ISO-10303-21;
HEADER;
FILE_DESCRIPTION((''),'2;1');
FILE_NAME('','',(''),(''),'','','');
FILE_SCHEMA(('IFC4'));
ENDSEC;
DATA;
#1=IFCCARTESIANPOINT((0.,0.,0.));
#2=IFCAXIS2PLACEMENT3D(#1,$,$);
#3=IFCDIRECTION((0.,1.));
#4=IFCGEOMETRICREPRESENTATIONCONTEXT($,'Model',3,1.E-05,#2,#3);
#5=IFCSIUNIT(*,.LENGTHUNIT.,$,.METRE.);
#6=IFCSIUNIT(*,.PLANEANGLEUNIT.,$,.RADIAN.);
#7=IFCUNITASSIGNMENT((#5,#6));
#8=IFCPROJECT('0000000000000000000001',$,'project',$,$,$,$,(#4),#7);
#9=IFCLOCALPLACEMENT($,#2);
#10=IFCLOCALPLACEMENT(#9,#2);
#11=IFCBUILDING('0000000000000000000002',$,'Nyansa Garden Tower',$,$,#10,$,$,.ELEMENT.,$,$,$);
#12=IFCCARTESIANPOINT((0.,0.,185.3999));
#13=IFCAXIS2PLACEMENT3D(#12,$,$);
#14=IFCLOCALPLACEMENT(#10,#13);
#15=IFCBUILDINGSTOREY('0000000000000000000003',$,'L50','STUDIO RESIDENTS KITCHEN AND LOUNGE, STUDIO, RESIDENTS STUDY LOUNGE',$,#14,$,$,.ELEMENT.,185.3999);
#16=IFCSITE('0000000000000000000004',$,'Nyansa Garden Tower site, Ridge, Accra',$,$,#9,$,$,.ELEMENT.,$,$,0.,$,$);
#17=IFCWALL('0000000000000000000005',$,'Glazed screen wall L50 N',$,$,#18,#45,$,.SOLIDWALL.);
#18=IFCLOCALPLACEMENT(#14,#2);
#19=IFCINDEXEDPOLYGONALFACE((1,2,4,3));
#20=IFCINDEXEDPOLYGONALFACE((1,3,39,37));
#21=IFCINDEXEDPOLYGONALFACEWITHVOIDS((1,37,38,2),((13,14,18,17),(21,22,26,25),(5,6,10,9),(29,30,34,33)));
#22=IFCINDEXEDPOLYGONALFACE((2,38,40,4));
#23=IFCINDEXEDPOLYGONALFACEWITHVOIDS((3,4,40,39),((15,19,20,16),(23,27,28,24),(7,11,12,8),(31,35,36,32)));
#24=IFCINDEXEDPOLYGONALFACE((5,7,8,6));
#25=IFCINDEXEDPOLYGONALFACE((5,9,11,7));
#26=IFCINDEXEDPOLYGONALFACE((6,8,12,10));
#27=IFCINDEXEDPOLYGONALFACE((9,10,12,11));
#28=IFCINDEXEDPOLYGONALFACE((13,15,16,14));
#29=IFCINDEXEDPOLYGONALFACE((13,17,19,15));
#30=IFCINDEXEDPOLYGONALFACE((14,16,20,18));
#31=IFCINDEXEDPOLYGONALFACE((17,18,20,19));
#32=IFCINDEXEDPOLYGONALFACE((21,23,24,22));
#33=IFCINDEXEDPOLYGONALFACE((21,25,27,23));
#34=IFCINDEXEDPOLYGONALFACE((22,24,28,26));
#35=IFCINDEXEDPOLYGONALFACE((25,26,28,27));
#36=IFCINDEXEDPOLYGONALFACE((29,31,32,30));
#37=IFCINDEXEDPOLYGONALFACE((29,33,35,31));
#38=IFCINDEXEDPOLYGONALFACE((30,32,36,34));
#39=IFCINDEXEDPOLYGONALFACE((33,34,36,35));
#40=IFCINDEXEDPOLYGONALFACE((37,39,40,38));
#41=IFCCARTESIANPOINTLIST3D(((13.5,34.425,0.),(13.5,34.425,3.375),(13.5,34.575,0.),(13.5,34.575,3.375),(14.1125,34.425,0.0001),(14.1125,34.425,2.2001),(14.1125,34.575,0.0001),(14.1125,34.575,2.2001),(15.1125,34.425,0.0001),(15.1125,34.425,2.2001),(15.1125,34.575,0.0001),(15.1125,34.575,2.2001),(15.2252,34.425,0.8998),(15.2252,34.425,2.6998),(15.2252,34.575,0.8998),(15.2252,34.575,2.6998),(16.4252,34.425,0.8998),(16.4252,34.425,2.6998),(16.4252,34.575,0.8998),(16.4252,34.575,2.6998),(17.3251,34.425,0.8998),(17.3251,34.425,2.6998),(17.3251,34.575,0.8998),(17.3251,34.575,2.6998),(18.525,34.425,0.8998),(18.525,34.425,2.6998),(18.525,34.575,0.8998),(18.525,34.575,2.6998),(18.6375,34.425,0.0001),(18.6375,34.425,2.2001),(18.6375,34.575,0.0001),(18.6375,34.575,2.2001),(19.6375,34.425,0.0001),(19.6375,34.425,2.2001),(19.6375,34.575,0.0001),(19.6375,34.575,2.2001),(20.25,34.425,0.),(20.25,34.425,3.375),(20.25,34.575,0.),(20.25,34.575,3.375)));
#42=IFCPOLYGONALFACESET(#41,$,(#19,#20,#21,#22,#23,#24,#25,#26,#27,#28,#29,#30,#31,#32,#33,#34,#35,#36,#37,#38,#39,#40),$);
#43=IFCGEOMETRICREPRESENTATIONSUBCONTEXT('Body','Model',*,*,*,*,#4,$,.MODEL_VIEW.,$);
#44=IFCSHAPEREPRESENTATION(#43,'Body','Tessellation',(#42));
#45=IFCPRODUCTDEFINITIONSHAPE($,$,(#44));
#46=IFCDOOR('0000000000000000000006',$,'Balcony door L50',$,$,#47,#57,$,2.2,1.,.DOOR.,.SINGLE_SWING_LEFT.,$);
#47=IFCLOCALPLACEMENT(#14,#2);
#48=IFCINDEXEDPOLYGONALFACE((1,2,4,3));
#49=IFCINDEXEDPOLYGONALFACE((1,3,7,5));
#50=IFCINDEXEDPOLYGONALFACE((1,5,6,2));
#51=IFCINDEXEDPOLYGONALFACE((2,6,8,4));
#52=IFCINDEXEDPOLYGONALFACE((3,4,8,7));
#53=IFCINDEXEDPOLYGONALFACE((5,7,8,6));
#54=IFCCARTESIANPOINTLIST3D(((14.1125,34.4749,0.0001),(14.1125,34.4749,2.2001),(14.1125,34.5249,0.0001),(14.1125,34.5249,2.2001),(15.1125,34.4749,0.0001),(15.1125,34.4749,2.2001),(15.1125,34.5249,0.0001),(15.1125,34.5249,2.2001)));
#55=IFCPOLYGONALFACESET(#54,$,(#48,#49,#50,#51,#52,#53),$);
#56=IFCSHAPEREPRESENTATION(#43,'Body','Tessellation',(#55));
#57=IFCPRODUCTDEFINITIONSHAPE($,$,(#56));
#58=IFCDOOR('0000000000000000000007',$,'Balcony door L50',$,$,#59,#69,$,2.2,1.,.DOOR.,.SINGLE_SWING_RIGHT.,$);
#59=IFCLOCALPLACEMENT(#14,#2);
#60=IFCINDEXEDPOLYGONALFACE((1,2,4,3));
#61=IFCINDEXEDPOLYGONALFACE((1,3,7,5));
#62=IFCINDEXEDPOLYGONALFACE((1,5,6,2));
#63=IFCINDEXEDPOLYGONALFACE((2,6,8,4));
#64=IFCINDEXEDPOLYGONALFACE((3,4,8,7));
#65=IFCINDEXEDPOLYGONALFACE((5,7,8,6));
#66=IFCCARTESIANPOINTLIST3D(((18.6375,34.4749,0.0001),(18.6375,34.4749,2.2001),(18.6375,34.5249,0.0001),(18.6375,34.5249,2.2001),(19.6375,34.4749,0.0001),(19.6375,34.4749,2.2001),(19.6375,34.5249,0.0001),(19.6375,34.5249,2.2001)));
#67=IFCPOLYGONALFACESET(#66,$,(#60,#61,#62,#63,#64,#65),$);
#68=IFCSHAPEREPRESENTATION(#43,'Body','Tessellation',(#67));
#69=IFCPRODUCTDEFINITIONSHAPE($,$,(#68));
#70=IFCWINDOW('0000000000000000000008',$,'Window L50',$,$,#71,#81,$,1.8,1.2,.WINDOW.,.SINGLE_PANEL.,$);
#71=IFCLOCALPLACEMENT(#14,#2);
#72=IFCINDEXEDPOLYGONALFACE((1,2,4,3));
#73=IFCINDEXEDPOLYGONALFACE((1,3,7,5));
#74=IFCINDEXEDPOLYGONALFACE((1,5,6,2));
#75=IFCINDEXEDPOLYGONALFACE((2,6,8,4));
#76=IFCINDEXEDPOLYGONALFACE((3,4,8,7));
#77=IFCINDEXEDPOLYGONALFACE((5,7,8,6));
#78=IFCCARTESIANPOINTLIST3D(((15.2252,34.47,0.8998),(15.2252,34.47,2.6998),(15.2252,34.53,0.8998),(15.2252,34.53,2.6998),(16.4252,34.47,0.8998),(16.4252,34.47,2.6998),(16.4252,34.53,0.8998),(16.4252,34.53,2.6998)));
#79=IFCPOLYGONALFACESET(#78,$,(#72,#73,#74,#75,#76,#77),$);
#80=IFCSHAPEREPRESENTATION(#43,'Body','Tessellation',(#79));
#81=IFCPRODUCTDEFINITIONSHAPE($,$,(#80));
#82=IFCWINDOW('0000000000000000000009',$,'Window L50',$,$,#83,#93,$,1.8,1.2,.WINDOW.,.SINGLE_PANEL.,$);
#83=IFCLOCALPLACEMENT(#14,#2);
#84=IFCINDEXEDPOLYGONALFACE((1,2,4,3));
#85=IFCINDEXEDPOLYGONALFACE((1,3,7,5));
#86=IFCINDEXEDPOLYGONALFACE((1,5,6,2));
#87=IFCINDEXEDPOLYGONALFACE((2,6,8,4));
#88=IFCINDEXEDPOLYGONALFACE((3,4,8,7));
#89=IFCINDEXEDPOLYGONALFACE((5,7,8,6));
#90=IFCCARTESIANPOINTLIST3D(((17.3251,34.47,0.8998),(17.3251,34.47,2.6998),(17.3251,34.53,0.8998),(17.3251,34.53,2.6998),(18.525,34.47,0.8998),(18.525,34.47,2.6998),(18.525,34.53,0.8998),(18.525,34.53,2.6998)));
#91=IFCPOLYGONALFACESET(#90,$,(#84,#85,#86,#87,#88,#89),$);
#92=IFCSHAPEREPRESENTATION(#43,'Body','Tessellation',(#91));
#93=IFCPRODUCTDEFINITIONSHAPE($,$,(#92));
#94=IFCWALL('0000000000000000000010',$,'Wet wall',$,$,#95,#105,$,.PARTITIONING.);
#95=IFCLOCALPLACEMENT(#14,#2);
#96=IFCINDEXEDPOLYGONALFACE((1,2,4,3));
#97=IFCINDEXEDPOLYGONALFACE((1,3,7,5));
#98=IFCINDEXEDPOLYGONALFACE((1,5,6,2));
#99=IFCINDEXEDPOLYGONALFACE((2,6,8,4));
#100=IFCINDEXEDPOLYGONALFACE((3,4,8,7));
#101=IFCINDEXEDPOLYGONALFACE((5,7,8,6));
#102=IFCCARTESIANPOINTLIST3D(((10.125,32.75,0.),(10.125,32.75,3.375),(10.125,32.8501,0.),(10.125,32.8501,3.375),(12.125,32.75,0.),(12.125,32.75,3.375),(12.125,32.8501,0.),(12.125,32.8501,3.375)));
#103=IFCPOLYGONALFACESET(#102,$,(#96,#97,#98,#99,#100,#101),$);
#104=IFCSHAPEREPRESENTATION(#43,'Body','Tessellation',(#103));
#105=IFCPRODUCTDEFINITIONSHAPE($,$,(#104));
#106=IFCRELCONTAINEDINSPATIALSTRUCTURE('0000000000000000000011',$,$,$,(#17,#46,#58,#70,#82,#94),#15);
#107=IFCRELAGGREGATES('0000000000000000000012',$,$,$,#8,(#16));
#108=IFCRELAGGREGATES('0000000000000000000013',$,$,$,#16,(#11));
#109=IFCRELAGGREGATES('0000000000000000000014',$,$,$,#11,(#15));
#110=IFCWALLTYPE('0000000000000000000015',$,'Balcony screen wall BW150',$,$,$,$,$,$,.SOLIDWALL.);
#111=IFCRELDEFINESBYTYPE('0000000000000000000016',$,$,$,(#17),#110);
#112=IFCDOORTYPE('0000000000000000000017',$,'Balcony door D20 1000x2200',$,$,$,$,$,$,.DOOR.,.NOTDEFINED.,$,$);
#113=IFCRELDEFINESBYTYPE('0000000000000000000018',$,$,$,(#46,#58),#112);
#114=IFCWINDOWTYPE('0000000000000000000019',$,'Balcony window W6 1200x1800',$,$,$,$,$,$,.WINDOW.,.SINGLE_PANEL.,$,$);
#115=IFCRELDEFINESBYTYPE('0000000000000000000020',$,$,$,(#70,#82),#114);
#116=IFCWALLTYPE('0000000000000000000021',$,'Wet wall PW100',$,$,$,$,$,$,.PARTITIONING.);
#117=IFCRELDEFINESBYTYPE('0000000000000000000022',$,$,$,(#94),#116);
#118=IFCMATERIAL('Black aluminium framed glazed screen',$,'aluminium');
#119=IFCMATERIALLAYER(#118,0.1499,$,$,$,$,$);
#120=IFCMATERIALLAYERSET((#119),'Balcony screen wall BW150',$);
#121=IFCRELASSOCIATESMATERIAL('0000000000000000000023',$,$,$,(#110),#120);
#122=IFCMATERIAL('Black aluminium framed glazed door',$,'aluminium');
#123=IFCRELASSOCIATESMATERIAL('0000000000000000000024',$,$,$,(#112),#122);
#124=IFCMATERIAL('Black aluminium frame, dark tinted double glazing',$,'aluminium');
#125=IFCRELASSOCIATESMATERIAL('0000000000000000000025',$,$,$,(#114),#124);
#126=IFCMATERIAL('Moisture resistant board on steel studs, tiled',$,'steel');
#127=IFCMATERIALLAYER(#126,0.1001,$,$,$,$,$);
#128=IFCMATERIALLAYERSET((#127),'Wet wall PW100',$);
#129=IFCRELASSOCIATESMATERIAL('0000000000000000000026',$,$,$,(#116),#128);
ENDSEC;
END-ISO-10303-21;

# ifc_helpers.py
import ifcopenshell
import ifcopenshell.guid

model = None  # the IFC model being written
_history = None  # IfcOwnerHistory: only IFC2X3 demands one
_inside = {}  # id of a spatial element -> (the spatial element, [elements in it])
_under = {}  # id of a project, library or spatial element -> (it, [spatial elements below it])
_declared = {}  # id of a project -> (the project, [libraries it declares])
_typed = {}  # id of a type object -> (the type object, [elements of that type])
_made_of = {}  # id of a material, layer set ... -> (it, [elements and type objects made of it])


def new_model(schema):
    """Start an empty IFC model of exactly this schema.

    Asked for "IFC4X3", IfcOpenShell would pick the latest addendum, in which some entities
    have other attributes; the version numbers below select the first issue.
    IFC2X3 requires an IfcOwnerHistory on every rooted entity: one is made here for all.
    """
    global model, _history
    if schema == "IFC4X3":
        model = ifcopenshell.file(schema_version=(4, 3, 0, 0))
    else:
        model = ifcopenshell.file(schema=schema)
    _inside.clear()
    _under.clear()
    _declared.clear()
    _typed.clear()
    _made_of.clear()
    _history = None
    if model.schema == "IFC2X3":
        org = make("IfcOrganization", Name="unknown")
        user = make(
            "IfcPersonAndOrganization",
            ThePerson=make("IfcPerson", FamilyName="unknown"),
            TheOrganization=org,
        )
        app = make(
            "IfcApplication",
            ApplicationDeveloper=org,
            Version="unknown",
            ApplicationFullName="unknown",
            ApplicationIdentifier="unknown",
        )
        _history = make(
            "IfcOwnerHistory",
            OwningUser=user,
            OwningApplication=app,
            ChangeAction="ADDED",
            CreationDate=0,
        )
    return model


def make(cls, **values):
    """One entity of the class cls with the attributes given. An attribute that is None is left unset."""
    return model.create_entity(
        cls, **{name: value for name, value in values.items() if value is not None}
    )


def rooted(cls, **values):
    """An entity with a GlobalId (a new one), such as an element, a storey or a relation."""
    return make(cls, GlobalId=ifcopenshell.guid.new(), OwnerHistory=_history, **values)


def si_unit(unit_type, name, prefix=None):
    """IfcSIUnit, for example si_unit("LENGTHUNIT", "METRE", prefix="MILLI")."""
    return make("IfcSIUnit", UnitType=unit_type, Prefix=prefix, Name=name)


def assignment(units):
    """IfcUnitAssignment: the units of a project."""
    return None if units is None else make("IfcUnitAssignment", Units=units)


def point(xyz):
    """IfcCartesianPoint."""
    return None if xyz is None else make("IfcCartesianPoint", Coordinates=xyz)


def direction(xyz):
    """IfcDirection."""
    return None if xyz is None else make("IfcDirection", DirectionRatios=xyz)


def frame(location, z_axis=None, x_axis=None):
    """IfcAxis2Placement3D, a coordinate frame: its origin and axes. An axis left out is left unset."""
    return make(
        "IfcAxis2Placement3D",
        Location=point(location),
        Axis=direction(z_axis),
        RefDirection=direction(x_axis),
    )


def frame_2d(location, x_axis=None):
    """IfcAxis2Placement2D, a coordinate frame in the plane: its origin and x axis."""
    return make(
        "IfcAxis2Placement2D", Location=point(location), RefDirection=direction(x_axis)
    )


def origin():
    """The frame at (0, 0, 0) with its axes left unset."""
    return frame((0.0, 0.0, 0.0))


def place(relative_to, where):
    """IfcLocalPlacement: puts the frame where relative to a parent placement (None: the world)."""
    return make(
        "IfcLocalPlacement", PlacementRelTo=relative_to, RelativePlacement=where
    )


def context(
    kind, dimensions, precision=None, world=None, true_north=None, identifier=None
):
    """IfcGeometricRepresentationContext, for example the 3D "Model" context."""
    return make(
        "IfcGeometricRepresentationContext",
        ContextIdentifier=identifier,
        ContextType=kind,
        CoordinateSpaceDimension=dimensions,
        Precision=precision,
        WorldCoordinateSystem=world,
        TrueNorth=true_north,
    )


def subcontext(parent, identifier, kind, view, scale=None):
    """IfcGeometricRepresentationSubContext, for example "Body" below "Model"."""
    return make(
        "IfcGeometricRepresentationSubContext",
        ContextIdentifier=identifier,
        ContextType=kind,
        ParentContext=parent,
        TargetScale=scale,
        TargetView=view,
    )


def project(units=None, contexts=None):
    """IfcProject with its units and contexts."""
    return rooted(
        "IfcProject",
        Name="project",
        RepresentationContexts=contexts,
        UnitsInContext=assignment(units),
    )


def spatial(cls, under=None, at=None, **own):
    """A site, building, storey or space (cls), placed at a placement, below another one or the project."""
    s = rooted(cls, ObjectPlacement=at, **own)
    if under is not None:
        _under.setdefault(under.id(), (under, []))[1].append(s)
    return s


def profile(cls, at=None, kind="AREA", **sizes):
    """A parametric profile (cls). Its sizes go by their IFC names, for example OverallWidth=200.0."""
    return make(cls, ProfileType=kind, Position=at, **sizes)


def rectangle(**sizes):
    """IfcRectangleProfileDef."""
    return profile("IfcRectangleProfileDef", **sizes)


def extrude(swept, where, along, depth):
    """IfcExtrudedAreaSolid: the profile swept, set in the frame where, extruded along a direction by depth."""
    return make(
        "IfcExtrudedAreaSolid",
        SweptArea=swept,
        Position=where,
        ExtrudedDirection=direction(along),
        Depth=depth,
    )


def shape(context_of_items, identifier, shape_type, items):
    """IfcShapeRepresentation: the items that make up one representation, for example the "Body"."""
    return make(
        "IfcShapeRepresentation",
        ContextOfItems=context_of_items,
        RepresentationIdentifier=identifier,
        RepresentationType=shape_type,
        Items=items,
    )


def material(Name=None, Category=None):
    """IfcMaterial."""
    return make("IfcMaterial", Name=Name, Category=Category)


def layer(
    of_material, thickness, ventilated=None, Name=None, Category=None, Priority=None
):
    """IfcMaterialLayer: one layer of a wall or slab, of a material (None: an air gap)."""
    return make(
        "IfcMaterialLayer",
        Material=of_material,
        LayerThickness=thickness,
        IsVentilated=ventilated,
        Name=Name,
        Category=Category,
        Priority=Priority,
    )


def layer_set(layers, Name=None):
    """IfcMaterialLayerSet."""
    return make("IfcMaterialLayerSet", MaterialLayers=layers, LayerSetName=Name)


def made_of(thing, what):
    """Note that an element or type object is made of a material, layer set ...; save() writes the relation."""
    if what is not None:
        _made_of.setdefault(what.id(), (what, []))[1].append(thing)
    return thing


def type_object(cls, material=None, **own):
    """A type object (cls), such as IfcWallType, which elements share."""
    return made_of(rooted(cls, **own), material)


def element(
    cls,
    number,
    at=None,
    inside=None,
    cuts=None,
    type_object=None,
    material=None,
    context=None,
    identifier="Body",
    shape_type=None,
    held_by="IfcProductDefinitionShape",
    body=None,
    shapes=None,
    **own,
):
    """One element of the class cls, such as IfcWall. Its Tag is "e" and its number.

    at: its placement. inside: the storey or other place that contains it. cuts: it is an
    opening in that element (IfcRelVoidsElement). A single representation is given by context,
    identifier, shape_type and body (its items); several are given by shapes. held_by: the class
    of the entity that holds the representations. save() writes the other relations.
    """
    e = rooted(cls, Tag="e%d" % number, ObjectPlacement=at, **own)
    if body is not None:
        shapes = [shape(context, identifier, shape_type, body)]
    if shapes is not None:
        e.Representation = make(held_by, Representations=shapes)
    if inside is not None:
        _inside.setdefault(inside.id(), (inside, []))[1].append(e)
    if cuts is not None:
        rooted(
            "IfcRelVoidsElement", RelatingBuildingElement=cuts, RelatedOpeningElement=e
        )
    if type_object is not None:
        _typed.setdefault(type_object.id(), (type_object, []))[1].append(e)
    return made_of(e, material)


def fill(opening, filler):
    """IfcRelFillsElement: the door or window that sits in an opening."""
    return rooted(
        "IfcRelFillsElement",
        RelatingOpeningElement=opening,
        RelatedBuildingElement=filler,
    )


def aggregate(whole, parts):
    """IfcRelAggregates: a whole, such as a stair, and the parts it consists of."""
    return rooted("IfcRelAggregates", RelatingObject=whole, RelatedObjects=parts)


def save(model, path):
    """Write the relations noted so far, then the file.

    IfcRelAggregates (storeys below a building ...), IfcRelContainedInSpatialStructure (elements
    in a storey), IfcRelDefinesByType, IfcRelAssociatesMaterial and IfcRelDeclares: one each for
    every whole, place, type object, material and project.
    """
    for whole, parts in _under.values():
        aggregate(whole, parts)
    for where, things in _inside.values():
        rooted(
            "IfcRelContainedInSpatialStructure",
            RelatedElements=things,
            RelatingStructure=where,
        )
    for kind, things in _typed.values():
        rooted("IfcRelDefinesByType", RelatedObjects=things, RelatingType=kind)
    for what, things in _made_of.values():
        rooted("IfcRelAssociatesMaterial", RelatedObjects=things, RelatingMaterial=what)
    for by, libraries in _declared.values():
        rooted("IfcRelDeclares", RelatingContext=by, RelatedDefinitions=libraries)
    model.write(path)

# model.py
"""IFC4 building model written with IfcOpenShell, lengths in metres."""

from ifc_helpers import new_model, si_unit, direction, frame, frame_2d, origin, place, context, subcontext, project, spatial, rectangle, extrude, material, layer, layer_set, type_object, element, fill, save


model = new_model("IFC4")

# Units and contexts
model_context = context("Model", 3, precision=1e-05, world=origin(), true_north=direction((0.0, 1.0)))
body_context = subcontext(model_context, "Body", "Model", "MODEL_VIEW")
ifc_project = project(units=[si_unit("LENGTHUNIT", "METRE"), si_unit("PLANEANGLEUNIT", "RADIAN")], contexts=[model_context])

# Site, building, storey
site_placement = place(None, origin())
site = spatial("IfcSite", under=ifc_project, at=site_placement, Name="Nyansa Garden Tower site, Ridge, Accra", CompositionType="ELEMENT", RefElevation=0.0)
building_placement = place(site_placement, origin())
building = spatial("IfcBuilding", under=site, at=building_placement, Name="Nyansa Garden Tower", CompositionType="ELEMENT")
storey_placement = place(building_placement, frame((0.0, 0.0, 185.3999)))
storey = spatial("IfcBuildingStorey", under=building, at=storey_placement, Name="L50", Description="STUDIO RESIDENTS KITCHEN AND LOUNGE, STUDIO, RESIDENTS STUDY LOUNGE", CompositionType="ELEMENT", Elevation=185.3999)

# Wall, openings, doors, windows
ifc_material_1 = material(Name="Black aluminium framed glazed screen", Category="aluminium")
ifc_layer_1 = layer(ifc_material_1, 0.1499)
ifc_layer_set_1 = layer_set([ifc_layer_1], Name="Balcony screen wall BW150")
wall_type_1 = type_object("IfcWallType", Name="Balcony screen wall BW150", PredefinedType="SOLIDWALL", material=ifc_layer_set_1)
wall_1_placement = place(storey_placement, frame((13.5, 34.5, 0.0), z_axis=(0.0, 0.0, 1.0), x_axis=(1.0, 0.0, 0.0)))
wall_1 = element("IfcWall", 1, at=wall_1_placement, inside=storey, type_object=wall_type_1, Name="Glazed screen wall L50 N", PredefinedType="SOLIDWALL", context=body_context, shape_type="SweptSolid", body=[
    extrude(rectangle(XDim=6.75, YDim=0.1499, at=frame_2d((3.375, 0.0))), origin(), (0.0, 0.0, 1.0), 3.375),
])
opening_1_placement = place(wall_1_placement, frame((0.6125, 0.0, 0.0)))
opening_1 = element("IfcOpeningElement", 2, at=opening_1_placement, cuts=wall_1, PredefinedType="OPENING", context=body_context, shape_type="SweptSolid", body=[
    extrude(rectangle(XDim=1.0, YDim=2.2, at=frame_2d((0.5, 1.1001))), frame((0.0, 0.085, 0.0), z_axis=(0.0, -1.0, 0.0), x_axis=(1.0, 0.0, 0.0)), (0.0, 0.0, 1.0), 0.1699),
])
opening_2_placement = place(wall_1_placement, frame((1.7251, 0.0, 0.8999)))
opening_2 = element("IfcOpeningElement", 3, at=opening_2_placement, cuts=wall_1, PredefinedType="OPENING", context=body_context, shape_type="SweptSolid", body=[
    extrude(rectangle(XDim=1.2, YDim=1.8, at=frame_2d((0.6001, 0.8999))), frame((0.0, 0.085, 0.0), z_axis=(0.0, -1.0, 0.0), x_axis=(1.0, 0.0, 0.0)), (0.0, 0.0, 1.0), 0.1699),
])
opening_3_placement = place(wall_1_placement, frame((5.1375, 0.0, 0.0)))
opening_3 = element("IfcOpeningElement", 4, at=opening_3_placement, cuts=wall_1, PredefinedType="OPENING", context=body_context, shape_type="SweptSolid", body=[
    extrude(rectangle(XDim=1.0, YDim=2.2, at=frame_2d((0.5, 1.1001))), frame((0.0, 0.085, 0.0), z_axis=(0.0, -1.0, 0.0), x_axis=(1.0, 0.0, 0.0)), (0.0, 0.0, 1.0), 0.1699),
])
opening_4_placement = place(wall_1_placement, frame((3.825, 0.0, 0.8999)))
opening_4 = element("IfcOpeningElement", 5, at=opening_4_placement, cuts=wall_1, PredefinedType="OPENING", context=body_context, shape_type="SweptSolid", body=[
    extrude(rectangle(XDim=1.2, YDim=1.8, at=frame_2d((0.6001, 0.8999))), frame((0.0, 0.085, 0.0), z_axis=(0.0, -1.0, 0.0), x_axis=(1.0, 0.0, 0.0)), (0.0, 0.0, 1.0), 0.1699),
])
ifc_material_2 = material(Name="Black aluminium framed glazed door", Category="aluminium")
door_type = type_object("IfcDoorType", Name="Balcony door D20 1000x2200", OperationType="NOTDEFINED", PredefinedType="DOOR", material=ifc_material_2)
door_1_placement = place(opening_1_placement, origin())
door_1 = element("IfcDoor", 6, at=door_1_placement, inside=storey, type_object=door_type, Name="Balcony door L50", OperationType="SINGLE_SWING_LEFT", OverallHeight=2.2, OverallWidth=1.0, PredefinedType="DOOR", context=body_context, shape_type="SweptSolid", body=[
    extrude(rectangle(XDim=1.0, YDim=2.2, at=frame_2d((0.5, 1.1001))), frame((0.0, 0.0249, 0.0), z_axis=(0.0, -1.0, 0.0), x_axis=(1.0, 0.0, 0.0)), (0.0, 0.0, 1.0), 0.05),
])
fill(opening_1, door_1)
door_2_placement = place(opening_3_placement, origin())
door_2 = element("IfcDoor", 7, at=door_2_placement, inside=storey, type_object=door_type, Name="Balcony door L50", OperationType="SINGLE_SWING_RIGHT", OverallHeight=2.2, OverallWidth=1.0, PredefinedType="DOOR", context=body_context, shape_type="SweptSolid", body=[
    extrude(rectangle(XDim=1.0, YDim=2.2, at=frame_2d((0.5, 1.1001))), frame((0.0, 0.0249, 0.0), z_axis=(0.0, -1.0, 0.0), x_axis=(1.0, 0.0, 0.0)), (0.0, 0.0, 1.0), 0.05),
])
fill(opening_3, door_2)
ifc_material_3 = material(Name="Black aluminium frame, dark tinted double glazing", Category="aluminium")
window_type = type_object("IfcWindowType", Name="Balcony window W6 1200x1800", PartitioningType="SINGLE_PANEL", PredefinedType="WINDOW", material=ifc_material_3)
window_1_placement = place(opening_2_placement, origin())
window_1 = element("IfcWindow", 8, at=window_1_placement, inside=storey, type_object=window_type, Name="Window L50", OverallHeight=1.8, OverallWidth=1.2, PartitioningType="SINGLE_PANEL", PredefinedType="WINDOW", context=body_context, shape_type="SweptSolid", body=[
    extrude(rectangle(XDim=1.2, YDim=1.8, at=frame_2d((0.6001, 0.8999))), frame((0.0, 0.03, 0.0), z_axis=(0.0, -1.0, 0.0), x_axis=(1.0, 0.0, 0.0)), (0.0, 0.0, 1.0), 0.0601),
])
fill(opening_2, window_1)
window_2_placement = place(opening_4_placement, origin())
window_2 = element("IfcWindow", 9, at=window_2_placement, inside=storey, type_object=window_type, Name="Window L50", OverallHeight=1.8, OverallWidth=1.2, PartitioningType="SINGLE_PANEL", PredefinedType="WINDOW", context=body_context, shape_type="SweptSolid", body=[
    extrude(rectangle(XDim=1.2, YDim=1.8, at=frame_2d((0.6001, 0.8999))), frame((0.0, 0.03, 0.0), z_axis=(0.0, -1.0, 0.0), x_axis=(1.0, 0.0, 0.0)), (0.0, 0.0, 1.0), 0.0601),
])
fill(opening_4, window_2)

# Wall
ifc_material_4 = material(Name="Moisture resistant board on steel studs, tiled", Category="steel")
ifc_layer_2 = layer(ifc_material_4, 0.1001)
ifc_layer_set_2 = layer_set([ifc_layer_2], Name="Wet wall PW100")
wall_type_2 = type_object("IfcWallType", Name="Wet wall PW100", PredefinedType="PARTITIONING", material=ifc_layer_set_2)
wall_2_placement = place(storey_placement, frame((10.125, 32.8, 0.0), z_axis=(0.0, 0.0, 1.0), x_axis=(1.0, 0.0, 0.0)))
element("IfcWall", 10, at=wall_2_placement, inside=storey, type_object=wall_type_2, Name="Wet wall", PredefinedType="PARTITIONING", context=body_context, shape_type="SweptSolid", body=[
    extrude(rectangle(XDim=2.0, YDim=0.1001, at=frame_2d((1.0, 0.0))), origin(), (0.0, 0.0, 1.0), 3.375),
])

save(model, "model.ifc")
